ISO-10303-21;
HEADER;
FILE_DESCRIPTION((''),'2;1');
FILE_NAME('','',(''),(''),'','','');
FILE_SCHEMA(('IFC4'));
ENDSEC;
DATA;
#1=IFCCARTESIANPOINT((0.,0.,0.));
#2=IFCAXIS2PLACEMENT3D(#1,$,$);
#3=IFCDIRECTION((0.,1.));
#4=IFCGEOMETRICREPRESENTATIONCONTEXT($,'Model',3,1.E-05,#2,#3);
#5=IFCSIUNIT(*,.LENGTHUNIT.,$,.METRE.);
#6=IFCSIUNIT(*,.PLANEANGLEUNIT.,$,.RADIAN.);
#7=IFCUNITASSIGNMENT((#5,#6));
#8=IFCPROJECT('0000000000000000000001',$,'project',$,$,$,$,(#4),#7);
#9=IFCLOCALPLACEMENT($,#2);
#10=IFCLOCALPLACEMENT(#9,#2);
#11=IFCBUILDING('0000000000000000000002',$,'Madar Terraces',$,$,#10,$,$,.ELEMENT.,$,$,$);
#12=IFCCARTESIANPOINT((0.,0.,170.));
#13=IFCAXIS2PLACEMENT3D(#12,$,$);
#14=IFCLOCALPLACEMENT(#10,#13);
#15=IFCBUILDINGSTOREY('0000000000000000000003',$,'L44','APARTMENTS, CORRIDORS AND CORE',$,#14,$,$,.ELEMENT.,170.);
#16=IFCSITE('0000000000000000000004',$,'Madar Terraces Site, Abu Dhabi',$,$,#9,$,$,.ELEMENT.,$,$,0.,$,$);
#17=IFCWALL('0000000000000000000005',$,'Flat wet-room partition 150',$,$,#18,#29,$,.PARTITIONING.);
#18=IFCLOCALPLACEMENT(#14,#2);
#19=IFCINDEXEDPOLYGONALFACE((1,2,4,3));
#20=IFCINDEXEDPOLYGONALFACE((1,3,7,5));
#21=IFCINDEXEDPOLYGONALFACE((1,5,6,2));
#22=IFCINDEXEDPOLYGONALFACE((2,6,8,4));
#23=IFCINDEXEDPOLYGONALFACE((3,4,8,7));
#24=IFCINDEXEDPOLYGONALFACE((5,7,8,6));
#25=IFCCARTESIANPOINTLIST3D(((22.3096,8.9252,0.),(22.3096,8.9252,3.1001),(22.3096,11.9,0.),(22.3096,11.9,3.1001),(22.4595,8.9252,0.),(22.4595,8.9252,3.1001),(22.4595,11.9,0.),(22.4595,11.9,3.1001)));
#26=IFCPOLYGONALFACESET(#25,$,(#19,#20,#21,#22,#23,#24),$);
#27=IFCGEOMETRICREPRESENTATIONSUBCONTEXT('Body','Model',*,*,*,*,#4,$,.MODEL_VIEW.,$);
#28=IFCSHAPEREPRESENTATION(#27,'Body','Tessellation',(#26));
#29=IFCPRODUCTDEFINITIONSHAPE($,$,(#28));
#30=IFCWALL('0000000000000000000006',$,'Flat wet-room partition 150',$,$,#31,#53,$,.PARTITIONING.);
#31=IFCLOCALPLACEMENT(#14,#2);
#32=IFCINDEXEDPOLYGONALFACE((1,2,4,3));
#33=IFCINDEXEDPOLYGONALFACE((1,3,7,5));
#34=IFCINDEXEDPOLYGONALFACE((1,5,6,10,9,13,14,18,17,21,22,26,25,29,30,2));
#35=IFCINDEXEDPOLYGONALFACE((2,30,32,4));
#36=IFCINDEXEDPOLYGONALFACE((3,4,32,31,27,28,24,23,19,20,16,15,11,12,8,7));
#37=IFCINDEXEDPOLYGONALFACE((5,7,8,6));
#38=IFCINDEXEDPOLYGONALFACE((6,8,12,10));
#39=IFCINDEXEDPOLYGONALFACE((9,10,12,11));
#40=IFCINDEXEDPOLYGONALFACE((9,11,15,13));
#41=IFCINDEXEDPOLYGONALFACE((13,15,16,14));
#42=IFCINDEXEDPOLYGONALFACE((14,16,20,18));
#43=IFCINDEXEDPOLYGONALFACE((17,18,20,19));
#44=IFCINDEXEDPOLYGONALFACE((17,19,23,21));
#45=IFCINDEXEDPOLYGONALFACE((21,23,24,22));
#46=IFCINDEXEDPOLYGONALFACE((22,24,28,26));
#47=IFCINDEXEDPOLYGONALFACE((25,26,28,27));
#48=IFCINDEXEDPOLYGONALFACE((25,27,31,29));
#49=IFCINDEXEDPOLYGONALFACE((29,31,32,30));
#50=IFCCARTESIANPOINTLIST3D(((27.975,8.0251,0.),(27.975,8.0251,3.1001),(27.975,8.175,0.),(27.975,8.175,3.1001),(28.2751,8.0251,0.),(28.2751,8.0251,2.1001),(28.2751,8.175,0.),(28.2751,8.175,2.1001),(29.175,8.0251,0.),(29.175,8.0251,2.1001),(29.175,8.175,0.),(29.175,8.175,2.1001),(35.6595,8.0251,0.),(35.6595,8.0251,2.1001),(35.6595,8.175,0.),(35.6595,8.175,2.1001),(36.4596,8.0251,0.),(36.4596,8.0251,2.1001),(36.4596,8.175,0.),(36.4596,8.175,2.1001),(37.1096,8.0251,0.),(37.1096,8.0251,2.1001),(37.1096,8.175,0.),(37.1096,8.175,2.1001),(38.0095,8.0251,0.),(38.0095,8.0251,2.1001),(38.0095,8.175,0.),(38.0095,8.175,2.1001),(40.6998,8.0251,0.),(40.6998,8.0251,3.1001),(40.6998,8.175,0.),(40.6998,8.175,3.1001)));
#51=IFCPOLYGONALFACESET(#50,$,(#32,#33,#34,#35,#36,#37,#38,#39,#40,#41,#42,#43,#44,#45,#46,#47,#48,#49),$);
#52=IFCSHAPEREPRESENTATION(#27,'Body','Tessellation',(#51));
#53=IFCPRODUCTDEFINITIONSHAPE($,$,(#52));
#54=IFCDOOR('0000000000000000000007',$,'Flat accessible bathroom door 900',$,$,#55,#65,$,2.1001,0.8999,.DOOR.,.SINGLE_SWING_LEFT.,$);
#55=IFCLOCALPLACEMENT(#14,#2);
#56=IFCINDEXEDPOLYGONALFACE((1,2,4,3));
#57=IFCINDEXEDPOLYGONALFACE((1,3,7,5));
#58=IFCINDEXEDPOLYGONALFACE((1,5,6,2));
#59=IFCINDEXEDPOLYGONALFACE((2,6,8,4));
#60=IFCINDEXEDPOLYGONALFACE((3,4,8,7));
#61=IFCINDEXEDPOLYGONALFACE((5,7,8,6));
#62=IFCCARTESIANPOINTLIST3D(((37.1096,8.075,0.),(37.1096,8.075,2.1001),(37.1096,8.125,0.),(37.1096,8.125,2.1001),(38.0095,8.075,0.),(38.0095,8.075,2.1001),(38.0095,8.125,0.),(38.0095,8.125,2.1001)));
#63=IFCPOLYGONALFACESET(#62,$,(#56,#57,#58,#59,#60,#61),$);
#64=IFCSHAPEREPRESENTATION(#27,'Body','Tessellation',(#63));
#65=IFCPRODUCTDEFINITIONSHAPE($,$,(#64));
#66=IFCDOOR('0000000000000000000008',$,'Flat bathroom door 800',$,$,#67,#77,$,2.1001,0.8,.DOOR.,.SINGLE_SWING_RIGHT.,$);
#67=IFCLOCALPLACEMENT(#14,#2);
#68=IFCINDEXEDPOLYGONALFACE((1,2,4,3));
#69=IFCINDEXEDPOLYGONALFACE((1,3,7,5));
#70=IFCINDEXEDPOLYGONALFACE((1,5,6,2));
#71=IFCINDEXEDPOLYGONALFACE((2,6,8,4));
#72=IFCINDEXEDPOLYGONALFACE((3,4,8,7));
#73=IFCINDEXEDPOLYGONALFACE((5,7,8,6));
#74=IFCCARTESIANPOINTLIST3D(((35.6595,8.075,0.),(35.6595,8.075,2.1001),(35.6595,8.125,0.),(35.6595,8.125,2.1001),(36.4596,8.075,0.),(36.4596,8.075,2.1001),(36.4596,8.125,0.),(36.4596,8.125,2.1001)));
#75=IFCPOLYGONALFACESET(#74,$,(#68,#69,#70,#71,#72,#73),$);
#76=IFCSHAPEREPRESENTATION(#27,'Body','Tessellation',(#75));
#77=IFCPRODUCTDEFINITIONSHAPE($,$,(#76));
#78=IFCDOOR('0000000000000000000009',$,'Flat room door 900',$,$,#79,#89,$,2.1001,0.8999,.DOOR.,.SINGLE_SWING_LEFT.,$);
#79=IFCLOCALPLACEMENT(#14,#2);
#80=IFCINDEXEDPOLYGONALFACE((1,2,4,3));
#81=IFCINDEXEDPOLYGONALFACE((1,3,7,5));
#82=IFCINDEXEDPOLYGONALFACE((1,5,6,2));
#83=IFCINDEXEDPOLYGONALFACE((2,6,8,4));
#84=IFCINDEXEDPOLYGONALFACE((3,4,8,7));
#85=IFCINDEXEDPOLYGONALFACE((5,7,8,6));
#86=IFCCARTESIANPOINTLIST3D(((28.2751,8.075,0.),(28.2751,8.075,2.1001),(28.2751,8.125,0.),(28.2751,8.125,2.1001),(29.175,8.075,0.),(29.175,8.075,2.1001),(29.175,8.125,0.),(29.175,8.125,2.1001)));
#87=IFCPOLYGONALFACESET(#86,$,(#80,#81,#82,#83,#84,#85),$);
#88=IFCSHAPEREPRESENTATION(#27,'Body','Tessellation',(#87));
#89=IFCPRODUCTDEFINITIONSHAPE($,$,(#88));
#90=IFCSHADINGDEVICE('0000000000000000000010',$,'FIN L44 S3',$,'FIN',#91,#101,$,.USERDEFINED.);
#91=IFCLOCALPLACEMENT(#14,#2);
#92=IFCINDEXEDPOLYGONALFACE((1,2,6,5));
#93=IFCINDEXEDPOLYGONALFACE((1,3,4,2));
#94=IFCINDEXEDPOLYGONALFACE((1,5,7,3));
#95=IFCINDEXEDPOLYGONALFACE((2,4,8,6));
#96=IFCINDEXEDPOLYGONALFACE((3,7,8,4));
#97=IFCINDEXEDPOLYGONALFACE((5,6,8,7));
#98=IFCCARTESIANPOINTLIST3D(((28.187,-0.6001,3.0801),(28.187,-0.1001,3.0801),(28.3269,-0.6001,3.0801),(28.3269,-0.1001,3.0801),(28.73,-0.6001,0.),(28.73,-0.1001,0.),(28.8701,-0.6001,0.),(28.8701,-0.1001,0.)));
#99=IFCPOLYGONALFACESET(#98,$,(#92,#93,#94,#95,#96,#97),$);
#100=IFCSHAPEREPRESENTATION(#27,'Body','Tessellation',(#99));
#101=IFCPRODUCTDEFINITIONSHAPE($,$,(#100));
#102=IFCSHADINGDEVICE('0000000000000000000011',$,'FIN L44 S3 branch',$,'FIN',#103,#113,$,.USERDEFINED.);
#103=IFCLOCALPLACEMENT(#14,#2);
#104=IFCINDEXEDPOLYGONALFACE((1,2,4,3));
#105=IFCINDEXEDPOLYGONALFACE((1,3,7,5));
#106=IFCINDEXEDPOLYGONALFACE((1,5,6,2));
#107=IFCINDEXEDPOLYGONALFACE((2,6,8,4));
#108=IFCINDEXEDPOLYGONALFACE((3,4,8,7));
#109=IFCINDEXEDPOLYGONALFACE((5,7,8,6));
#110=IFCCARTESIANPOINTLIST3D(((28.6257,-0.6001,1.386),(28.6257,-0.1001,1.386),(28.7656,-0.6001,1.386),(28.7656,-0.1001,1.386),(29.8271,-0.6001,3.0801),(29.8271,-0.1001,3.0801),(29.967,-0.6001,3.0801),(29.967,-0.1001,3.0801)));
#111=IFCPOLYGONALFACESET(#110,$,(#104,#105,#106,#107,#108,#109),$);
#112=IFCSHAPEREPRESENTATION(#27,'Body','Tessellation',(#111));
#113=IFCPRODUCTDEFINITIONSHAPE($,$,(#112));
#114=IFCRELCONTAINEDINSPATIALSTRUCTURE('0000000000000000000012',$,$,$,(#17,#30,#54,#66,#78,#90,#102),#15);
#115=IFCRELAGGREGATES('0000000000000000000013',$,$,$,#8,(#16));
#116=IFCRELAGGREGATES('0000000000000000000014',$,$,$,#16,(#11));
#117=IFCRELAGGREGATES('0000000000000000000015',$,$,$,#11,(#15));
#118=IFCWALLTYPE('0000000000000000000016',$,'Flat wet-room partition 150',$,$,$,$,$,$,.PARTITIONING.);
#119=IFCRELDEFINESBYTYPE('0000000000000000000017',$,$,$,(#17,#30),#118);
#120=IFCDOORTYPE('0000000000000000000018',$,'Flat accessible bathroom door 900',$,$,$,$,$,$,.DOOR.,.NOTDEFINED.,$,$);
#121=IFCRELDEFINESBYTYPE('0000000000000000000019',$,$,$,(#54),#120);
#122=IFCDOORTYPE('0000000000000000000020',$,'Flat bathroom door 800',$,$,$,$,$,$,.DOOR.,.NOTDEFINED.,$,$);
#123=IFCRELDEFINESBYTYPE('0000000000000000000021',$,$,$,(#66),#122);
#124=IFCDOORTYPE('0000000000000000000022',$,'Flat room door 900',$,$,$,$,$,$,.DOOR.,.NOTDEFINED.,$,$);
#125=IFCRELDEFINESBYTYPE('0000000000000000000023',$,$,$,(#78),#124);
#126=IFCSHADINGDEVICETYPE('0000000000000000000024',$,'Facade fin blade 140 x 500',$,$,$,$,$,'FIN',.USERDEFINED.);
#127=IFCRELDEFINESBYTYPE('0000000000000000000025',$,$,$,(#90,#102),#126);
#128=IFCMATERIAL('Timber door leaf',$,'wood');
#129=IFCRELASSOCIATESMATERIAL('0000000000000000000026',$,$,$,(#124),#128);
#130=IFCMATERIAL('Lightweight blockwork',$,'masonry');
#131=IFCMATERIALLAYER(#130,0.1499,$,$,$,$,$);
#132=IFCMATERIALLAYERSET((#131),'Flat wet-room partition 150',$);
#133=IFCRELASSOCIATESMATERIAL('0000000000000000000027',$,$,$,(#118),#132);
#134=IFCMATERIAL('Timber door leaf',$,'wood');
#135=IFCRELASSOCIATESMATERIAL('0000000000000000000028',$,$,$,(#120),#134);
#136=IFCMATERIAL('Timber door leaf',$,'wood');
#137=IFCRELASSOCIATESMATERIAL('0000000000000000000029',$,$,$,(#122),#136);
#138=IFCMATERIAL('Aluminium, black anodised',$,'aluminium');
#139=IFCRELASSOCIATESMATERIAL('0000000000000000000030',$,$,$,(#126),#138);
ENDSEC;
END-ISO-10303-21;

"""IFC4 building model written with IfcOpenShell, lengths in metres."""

from ifc_helpers import new_model, si_unit, direction, frame, frame_2d, origin, place, context, subcontext, project, spatial, polyline, rectangle, outline, extrude, material, layer, layer_set, type_object, element, fill, save


model = new_model("IFC4")

# Units and contexts
model_context = context("Model", 3, precision=1e-05, world=origin(), true_north=direction((0.0, 1.0)))
body_context = subcontext(model_context, "Body", "Model", "MODEL_VIEW")
ifc_project = project(units=[si_unit("LENGTHUNIT", "METRE"), si_unit("PLANEANGLEUNIT", "RADIAN")], contexts=[model_context])

# Site, building, storey
site_placement = place(None, origin())
site = spatial("IfcSite", under=ifc_project, at=site_placement, Name="Madar Terraces Site, Abu Dhabi", CompositionType="ELEMENT", RefElevation=0.0)
building_placement = place(site_placement, origin())
building = spatial("IfcBuilding", under=site, at=building_placement, Name="Madar Terraces", CompositionType="ELEMENT")
storey_placement = place(building_placement, frame((0.0, 0.0, 170.0)))
storey = spatial("IfcBuildingStorey", under=building, at=storey_placement, Name="L44", Description="APARTMENTS, CORRIDORS AND CORE", CompositionType="ELEMENT", Elevation=170.0)

# Shared definitions
ifc_material_1 = material(Name="Timber door leaf", Category="wood")
door_type_1 = type_object("IfcDoorType", Name="Flat room door 900", OperationType="NOTDEFINED", PredefinedType="DOOR", material=ifc_material_1)

# Wall
ifc_material_2 = material(Name="Lightweight blockwork", Category="masonry")
ifc_layer_1 = layer(ifc_material_2, 0.1499)
ifc_layer_set_1 = layer_set([ifc_layer_1], Name="Flat wet-room partition 150")
wall_type_1 = type_object("IfcWallType", Name="Flat wet-room partition 150", PredefinedType="PARTITIONING", material=ifc_layer_set_1)
wall_1_placement = place(storey_placement, frame((22.3845, 11.8999, 0.0), z_axis=(0.0, 0.0, 1.0), x_axis=(0.0, -1.0, 0.0)))
element("IfcWall", 1, at=wall_1_placement, inside=storey, type_object=wall_type_1, Name="Flat wet-room partition 150", PredefinedType="PARTITIONING", context=body_context, shape_type="SweptSolid", body=[
    extrude(rectangle(XDim=2.9749, YDim=0.1499, at=frame_2d((1.4873, 0.0))), origin(), (0.0, 0.0, 1.0), 3.1001),
])

# Wall, openings, doors
wall_2_placement = place(storey_placement, frame((27.9751, 8.1001, 0.0), z_axis=(0.0, 0.0, 1.0), x_axis=(1.0, 0.0, 0.0)))
wall_2 = element("IfcWall", 2, at=wall_2_placement, inside=storey, type_object=wall_type_1, Name="Flat wet-room partition 150", PredefinedType="PARTITIONING", context=body_context, shape_type="SweptSolid", body=[
    extrude(rectangle(XDim=12.7249, YDim=0.1499, at=frame_2d((6.3623, 0.0))), origin(), (0.0, 0.0, 1.0), 3.1001),
])
opening_1_placement = place(wall_2_placement, frame((0.3, 0.0, 0.0)))
opening_1 = element("IfcOpeningElement", 3, at=opening_1_placement, cuts=wall_2, PredefinedType="OPENING", context=body_context, shape_type="SweptSolid", body=[
    extrude(rectangle(XDim=0.8999, YDim=2.1001, at=frame_2d((0.45, 1.05))), frame((0.0, 0.085, 0.0), z_axis=(0.0, -1.0, 0.0), x_axis=(1.0, 0.0, 0.0)), (0.0, 0.0, 1.0), 0.1699),
])
opening_2_placement = place(wall_2_placement, frame((7.6846, 0.0, 0.0)))
opening_2 = element("IfcOpeningElement", 4, at=opening_2_placement, cuts=wall_2, PredefinedType="OPENING", context=body_context, shape_type="SweptSolid", body=[
    extrude(rectangle(XDim=0.8, YDim=2.1001, at=frame_2d((0.3999, 1.05))), frame((0.0, 0.085, 0.0), z_axis=(0.0, -1.0, 0.0), x_axis=(1.0, 0.0, 0.0)), (0.0, 0.0, 1.0), 0.1699),
])
opening_3_placement = place(wall_2_placement, frame((9.1345, 0.0, 0.0)))
opening_3 = element("IfcOpeningElement", 5, at=opening_3_placement, cuts=wall_2, PredefinedType="OPENING", context=body_context, shape_type="SweptSolid", body=[
    extrude(rectangle(XDim=0.8999, YDim=2.1001, at=frame_2d((0.45, 1.05))), frame((0.0, 0.085, 0.0), z_axis=(0.0, -1.0, 0.0), x_axis=(1.0, 0.0, 0.0)), (0.0, 0.0, 1.0), 0.1699),
])
ifc_material_3 = material(Name="Timber door leaf", Category="wood")
door_type_2 = type_object("IfcDoorType", Name="Flat accessible bathroom door 900", OperationType="NOTDEFINED", PredefinedType="DOOR", material=ifc_material_3)
door_1_placement = place(opening_3_placement, origin())
door_1 = element("IfcDoor", 6, at=door_1_placement, inside=storey, type_object=door_type_2, Name="Flat accessible bathroom door 900", OperationType="SINGLE_SWING_LEFT", OverallHeight=2.1001, OverallWidth=0.8999, PredefinedType="DOOR", context=body_context, shape_type="SweptSolid", body=[
    extrude(rectangle(XDim=0.8999, YDim=2.1001, at=frame_2d((0.45, 1.05))), frame((0.0, 0.0249, 0.0), z_axis=(0.0, -1.0, 0.0), x_axis=(1.0, 0.0, 0.0)), (0.0, 0.0, 1.0), 0.05),
])
fill(opening_3, door_1)
ifc_material_4 = material(Name="Timber door leaf", Category="wood")
door_type_3 = type_object("IfcDoorType", Name="Flat bathroom door 800", OperationType="NOTDEFINED", PredefinedType="DOOR", material=ifc_material_4)
door_2_placement = place(opening_2_placement, origin())
door_2 = element("IfcDoor", 7, at=door_2_placement, inside=storey, type_object=door_type_3, Name="Flat bathroom door 800", OperationType="SINGLE_SWING_RIGHT", OverallHeight=2.1001, OverallWidth=0.8, PredefinedType="DOOR", context=body_context, shape_type="SweptSolid", body=[
    extrude(rectangle(XDim=0.8, YDim=2.1001, at=frame_2d((0.3999, 1.05))), frame((0.0, 0.0249, 0.0), z_axis=(0.0, -1.0, 0.0), x_axis=(1.0, 0.0, 0.0)), (0.0, 0.0, 1.0), 0.05),
])
fill(opening_2, door_2)
door_3_placement = place(opening_1_placement, origin())
door_3 = element("IfcDoor", 8, at=door_3_placement, inside=storey, type_object=door_type_1, Name="Flat room door 900", OperationType="SINGLE_SWING_LEFT", OverallHeight=2.1001, OverallWidth=0.8999, PredefinedType="DOOR", context=body_context, shape_type="SweptSolid", body=[
    extrude(rectangle(XDim=0.8999, YDim=2.1001, at=frame_2d((0.45, 1.05))), frame((0.0, 0.0249, 0.0), z_axis=(0.0, -1.0, 0.0), x_axis=(1.0, 0.0, 0.0)), (0.0, 0.0, 1.0), 0.05),
])
fill(opening_1, door_3)

# Shading devices
ifc_material_5 = material(Name="Aluminium, black anodised", Category="aluminium")
shading_device_type = type_object("IfcShadingDeviceType", Name="Facade fin blade 140 x 500", ElementType="FIN", PredefinedType="USERDEFINED", material=ifc_material_5)
shading_device_1_placement = place(storey_placement, frame((28.73, -0.3501, 0.0), z_axis=(0.0, 0.0, 1.0), x_axis=(1.0, 0.0, 0.0)))
element("IfcShadingDevice", 9, at=shading_device_1_placement, inside=storey, type_object=shading_device_type, Name="FIN L44 S3", ObjectType="FIN", PredefinedType="USERDEFINED", context=body_context, shape_type="SweptSolid", body=[
    extrude(outline(polyline([(0.0, 0.0), (0.1401, 0.0), (-0.4031, 3.0801), (-0.543, 3.0801), (0.0, 0.0)])), frame((0.0, 0.25, 0.0), z_axis=(0.0, -1.0, 0.0), x_axis=(1.0, 0.0, 0.0)), (0.0, 0.0, 1.0), 0.5),
])
shading_device_2_placement = place(storey_placement, frame((28.6257, -0.3501, 1.386), z_axis=(0.0, 0.0, 1.0), x_axis=(1.0, 0.0, 0.0)))
element("IfcShadingDevice", 10, at=shading_device_2_placement, inside=storey, type_object=shading_device_type, Name="FIN L44 S3 branch", ObjectType="FIN", PredefinedType="USERDEFINED", context=body_context, shape_type="SweptSolid", body=[
    extrude(outline(polyline([(0.0, 0.0), (0.1399, 0.0), (1.3413, 1.6941), (1.2014, 1.6941), (0.0, 0.0)])), frame((0.0, 0.25, 0.0), z_axis=(0.0, -1.0, 0.0), x_axis=(1.0, 0.0, 0.0)), (0.0, 0.0, 1.0), 0.5),
])

save(model, "model.ifc")
